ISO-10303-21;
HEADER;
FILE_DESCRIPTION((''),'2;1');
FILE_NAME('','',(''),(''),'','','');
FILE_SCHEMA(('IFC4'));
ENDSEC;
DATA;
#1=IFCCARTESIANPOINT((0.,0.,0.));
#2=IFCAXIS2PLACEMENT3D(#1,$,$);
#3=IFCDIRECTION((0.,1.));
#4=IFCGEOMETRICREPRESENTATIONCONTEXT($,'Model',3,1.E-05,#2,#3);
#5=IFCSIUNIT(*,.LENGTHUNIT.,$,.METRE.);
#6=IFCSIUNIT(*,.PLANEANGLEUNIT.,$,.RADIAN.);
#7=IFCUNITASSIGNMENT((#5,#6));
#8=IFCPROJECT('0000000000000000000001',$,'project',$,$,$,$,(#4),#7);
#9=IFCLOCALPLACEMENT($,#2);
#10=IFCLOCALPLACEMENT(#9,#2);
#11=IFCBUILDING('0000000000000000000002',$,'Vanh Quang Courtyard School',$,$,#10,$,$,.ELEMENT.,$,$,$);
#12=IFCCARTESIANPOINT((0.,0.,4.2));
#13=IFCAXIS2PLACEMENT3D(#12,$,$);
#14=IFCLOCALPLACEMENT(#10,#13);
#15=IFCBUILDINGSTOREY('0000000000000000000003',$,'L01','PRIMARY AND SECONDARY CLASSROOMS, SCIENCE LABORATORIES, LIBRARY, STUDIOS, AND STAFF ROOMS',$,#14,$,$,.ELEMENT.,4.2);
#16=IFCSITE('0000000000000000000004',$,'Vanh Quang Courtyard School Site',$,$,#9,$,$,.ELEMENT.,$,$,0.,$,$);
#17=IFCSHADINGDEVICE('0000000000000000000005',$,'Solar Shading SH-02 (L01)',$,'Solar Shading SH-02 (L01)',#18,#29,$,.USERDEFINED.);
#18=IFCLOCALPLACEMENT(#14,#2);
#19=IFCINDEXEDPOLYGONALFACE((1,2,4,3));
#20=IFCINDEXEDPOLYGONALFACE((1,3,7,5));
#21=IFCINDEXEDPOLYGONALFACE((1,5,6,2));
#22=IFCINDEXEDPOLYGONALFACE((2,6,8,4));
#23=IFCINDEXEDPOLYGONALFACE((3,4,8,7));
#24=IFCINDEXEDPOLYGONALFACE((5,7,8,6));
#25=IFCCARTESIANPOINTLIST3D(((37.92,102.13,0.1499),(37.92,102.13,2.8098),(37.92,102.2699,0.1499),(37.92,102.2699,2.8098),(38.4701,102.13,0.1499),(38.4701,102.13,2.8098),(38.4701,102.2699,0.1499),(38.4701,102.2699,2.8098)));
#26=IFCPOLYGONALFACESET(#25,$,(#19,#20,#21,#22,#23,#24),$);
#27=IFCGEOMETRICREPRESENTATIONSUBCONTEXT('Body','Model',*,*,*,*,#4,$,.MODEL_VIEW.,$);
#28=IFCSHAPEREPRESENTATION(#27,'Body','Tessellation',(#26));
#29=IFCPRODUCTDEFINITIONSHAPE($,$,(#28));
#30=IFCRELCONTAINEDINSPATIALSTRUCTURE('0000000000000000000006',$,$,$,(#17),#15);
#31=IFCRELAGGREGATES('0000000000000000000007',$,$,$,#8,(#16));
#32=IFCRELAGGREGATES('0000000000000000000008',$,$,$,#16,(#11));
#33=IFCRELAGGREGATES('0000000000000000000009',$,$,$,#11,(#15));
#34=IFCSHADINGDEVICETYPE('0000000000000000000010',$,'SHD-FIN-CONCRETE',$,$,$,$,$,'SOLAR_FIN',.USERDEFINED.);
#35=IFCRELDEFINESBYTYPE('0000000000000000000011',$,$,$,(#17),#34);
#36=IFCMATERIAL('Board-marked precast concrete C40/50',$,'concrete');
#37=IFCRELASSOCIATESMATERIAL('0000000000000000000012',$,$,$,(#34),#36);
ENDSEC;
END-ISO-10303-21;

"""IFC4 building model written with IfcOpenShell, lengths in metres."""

from ifc_helpers import new_model, si_unit, direction, frame, origin, origin_2d, place, context, subcontext, project, spatial, rectangle, extrude, material, type_object, element, save


model = new_model("IFC4")

# Units and contexts
model_context = context("Model", 3, precision=1e-05, world=origin(), true_north=direction((0.0, 1.0)))
body_context = subcontext(model_context, "Body", "Model", "MODEL_VIEW")
ifc_project = project(units=[si_unit("LENGTHUNIT", "METRE"), si_unit("PLANEANGLEUNIT", "RADIAN")], contexts=[model_context])

# Site, building, storey
site_placement = place(None, origin())
site = spatial("IfcSite", under=ifc_project, at=site_placement, Name="Vanh Quang Courtyard School Site", CompositionType="ELEMENT", RefElevation=0.0)
building_placement = place(site_placement, origin())
building = spatial("IfcBuilding", under=site, at=building_placement, Name="Vanh Quang Courtyard School", CompositionType="ELEMENT")
storey_placement = place(building_placement, frame((0.0, 0.0, 4.2)))
storey = spatial("IfcBuildingStorey", under=building, at=storey_placement, Name="L01", Description="PRIMARY AND SECONDARY CLASSROOMS, SCIENCE LABORATORIES, LIBRARY, STUDIOS, AND STAFF ROOMS", CompositionType="ELEMENT", Elevation=4.2)

# Shading device
ifc_material_1 = material(Name="Board-marked precast concrete C40/50", Category="concrete")
shading_device_type = type_object("IfcShadingDeviceType", Name="SHD-FIN-CONCRETE", ElementType="SOLAR_FIN", PredefinedType="USERDEFINED", material=ifc_material_1)
shading_device_placement = place(storey_placement, frame((38.1951, 102.2, 0.1499), z_axis=(0.0, 0.0, 1.0), x_axis=(0.0, -1.0, 0.0)))
element("IfcShadingDevice", 1, at=shading_device_placement, inside=storey, type_object=shading_device_type, Name="Solar Shading SH-02 (L01)", ObjectType="Solar Shading SH-02 (L01)", PredefinedType="USERDEFINED", context=body_context, shape_type="SweptSolid", body=[
    extrude(rectangle(XDim=0.1399, YDim=0.55, at=origin_2d()), origin(), (0.0, 0.0, 1.0), 2.6599),
])

save(model, "model.ifc")
